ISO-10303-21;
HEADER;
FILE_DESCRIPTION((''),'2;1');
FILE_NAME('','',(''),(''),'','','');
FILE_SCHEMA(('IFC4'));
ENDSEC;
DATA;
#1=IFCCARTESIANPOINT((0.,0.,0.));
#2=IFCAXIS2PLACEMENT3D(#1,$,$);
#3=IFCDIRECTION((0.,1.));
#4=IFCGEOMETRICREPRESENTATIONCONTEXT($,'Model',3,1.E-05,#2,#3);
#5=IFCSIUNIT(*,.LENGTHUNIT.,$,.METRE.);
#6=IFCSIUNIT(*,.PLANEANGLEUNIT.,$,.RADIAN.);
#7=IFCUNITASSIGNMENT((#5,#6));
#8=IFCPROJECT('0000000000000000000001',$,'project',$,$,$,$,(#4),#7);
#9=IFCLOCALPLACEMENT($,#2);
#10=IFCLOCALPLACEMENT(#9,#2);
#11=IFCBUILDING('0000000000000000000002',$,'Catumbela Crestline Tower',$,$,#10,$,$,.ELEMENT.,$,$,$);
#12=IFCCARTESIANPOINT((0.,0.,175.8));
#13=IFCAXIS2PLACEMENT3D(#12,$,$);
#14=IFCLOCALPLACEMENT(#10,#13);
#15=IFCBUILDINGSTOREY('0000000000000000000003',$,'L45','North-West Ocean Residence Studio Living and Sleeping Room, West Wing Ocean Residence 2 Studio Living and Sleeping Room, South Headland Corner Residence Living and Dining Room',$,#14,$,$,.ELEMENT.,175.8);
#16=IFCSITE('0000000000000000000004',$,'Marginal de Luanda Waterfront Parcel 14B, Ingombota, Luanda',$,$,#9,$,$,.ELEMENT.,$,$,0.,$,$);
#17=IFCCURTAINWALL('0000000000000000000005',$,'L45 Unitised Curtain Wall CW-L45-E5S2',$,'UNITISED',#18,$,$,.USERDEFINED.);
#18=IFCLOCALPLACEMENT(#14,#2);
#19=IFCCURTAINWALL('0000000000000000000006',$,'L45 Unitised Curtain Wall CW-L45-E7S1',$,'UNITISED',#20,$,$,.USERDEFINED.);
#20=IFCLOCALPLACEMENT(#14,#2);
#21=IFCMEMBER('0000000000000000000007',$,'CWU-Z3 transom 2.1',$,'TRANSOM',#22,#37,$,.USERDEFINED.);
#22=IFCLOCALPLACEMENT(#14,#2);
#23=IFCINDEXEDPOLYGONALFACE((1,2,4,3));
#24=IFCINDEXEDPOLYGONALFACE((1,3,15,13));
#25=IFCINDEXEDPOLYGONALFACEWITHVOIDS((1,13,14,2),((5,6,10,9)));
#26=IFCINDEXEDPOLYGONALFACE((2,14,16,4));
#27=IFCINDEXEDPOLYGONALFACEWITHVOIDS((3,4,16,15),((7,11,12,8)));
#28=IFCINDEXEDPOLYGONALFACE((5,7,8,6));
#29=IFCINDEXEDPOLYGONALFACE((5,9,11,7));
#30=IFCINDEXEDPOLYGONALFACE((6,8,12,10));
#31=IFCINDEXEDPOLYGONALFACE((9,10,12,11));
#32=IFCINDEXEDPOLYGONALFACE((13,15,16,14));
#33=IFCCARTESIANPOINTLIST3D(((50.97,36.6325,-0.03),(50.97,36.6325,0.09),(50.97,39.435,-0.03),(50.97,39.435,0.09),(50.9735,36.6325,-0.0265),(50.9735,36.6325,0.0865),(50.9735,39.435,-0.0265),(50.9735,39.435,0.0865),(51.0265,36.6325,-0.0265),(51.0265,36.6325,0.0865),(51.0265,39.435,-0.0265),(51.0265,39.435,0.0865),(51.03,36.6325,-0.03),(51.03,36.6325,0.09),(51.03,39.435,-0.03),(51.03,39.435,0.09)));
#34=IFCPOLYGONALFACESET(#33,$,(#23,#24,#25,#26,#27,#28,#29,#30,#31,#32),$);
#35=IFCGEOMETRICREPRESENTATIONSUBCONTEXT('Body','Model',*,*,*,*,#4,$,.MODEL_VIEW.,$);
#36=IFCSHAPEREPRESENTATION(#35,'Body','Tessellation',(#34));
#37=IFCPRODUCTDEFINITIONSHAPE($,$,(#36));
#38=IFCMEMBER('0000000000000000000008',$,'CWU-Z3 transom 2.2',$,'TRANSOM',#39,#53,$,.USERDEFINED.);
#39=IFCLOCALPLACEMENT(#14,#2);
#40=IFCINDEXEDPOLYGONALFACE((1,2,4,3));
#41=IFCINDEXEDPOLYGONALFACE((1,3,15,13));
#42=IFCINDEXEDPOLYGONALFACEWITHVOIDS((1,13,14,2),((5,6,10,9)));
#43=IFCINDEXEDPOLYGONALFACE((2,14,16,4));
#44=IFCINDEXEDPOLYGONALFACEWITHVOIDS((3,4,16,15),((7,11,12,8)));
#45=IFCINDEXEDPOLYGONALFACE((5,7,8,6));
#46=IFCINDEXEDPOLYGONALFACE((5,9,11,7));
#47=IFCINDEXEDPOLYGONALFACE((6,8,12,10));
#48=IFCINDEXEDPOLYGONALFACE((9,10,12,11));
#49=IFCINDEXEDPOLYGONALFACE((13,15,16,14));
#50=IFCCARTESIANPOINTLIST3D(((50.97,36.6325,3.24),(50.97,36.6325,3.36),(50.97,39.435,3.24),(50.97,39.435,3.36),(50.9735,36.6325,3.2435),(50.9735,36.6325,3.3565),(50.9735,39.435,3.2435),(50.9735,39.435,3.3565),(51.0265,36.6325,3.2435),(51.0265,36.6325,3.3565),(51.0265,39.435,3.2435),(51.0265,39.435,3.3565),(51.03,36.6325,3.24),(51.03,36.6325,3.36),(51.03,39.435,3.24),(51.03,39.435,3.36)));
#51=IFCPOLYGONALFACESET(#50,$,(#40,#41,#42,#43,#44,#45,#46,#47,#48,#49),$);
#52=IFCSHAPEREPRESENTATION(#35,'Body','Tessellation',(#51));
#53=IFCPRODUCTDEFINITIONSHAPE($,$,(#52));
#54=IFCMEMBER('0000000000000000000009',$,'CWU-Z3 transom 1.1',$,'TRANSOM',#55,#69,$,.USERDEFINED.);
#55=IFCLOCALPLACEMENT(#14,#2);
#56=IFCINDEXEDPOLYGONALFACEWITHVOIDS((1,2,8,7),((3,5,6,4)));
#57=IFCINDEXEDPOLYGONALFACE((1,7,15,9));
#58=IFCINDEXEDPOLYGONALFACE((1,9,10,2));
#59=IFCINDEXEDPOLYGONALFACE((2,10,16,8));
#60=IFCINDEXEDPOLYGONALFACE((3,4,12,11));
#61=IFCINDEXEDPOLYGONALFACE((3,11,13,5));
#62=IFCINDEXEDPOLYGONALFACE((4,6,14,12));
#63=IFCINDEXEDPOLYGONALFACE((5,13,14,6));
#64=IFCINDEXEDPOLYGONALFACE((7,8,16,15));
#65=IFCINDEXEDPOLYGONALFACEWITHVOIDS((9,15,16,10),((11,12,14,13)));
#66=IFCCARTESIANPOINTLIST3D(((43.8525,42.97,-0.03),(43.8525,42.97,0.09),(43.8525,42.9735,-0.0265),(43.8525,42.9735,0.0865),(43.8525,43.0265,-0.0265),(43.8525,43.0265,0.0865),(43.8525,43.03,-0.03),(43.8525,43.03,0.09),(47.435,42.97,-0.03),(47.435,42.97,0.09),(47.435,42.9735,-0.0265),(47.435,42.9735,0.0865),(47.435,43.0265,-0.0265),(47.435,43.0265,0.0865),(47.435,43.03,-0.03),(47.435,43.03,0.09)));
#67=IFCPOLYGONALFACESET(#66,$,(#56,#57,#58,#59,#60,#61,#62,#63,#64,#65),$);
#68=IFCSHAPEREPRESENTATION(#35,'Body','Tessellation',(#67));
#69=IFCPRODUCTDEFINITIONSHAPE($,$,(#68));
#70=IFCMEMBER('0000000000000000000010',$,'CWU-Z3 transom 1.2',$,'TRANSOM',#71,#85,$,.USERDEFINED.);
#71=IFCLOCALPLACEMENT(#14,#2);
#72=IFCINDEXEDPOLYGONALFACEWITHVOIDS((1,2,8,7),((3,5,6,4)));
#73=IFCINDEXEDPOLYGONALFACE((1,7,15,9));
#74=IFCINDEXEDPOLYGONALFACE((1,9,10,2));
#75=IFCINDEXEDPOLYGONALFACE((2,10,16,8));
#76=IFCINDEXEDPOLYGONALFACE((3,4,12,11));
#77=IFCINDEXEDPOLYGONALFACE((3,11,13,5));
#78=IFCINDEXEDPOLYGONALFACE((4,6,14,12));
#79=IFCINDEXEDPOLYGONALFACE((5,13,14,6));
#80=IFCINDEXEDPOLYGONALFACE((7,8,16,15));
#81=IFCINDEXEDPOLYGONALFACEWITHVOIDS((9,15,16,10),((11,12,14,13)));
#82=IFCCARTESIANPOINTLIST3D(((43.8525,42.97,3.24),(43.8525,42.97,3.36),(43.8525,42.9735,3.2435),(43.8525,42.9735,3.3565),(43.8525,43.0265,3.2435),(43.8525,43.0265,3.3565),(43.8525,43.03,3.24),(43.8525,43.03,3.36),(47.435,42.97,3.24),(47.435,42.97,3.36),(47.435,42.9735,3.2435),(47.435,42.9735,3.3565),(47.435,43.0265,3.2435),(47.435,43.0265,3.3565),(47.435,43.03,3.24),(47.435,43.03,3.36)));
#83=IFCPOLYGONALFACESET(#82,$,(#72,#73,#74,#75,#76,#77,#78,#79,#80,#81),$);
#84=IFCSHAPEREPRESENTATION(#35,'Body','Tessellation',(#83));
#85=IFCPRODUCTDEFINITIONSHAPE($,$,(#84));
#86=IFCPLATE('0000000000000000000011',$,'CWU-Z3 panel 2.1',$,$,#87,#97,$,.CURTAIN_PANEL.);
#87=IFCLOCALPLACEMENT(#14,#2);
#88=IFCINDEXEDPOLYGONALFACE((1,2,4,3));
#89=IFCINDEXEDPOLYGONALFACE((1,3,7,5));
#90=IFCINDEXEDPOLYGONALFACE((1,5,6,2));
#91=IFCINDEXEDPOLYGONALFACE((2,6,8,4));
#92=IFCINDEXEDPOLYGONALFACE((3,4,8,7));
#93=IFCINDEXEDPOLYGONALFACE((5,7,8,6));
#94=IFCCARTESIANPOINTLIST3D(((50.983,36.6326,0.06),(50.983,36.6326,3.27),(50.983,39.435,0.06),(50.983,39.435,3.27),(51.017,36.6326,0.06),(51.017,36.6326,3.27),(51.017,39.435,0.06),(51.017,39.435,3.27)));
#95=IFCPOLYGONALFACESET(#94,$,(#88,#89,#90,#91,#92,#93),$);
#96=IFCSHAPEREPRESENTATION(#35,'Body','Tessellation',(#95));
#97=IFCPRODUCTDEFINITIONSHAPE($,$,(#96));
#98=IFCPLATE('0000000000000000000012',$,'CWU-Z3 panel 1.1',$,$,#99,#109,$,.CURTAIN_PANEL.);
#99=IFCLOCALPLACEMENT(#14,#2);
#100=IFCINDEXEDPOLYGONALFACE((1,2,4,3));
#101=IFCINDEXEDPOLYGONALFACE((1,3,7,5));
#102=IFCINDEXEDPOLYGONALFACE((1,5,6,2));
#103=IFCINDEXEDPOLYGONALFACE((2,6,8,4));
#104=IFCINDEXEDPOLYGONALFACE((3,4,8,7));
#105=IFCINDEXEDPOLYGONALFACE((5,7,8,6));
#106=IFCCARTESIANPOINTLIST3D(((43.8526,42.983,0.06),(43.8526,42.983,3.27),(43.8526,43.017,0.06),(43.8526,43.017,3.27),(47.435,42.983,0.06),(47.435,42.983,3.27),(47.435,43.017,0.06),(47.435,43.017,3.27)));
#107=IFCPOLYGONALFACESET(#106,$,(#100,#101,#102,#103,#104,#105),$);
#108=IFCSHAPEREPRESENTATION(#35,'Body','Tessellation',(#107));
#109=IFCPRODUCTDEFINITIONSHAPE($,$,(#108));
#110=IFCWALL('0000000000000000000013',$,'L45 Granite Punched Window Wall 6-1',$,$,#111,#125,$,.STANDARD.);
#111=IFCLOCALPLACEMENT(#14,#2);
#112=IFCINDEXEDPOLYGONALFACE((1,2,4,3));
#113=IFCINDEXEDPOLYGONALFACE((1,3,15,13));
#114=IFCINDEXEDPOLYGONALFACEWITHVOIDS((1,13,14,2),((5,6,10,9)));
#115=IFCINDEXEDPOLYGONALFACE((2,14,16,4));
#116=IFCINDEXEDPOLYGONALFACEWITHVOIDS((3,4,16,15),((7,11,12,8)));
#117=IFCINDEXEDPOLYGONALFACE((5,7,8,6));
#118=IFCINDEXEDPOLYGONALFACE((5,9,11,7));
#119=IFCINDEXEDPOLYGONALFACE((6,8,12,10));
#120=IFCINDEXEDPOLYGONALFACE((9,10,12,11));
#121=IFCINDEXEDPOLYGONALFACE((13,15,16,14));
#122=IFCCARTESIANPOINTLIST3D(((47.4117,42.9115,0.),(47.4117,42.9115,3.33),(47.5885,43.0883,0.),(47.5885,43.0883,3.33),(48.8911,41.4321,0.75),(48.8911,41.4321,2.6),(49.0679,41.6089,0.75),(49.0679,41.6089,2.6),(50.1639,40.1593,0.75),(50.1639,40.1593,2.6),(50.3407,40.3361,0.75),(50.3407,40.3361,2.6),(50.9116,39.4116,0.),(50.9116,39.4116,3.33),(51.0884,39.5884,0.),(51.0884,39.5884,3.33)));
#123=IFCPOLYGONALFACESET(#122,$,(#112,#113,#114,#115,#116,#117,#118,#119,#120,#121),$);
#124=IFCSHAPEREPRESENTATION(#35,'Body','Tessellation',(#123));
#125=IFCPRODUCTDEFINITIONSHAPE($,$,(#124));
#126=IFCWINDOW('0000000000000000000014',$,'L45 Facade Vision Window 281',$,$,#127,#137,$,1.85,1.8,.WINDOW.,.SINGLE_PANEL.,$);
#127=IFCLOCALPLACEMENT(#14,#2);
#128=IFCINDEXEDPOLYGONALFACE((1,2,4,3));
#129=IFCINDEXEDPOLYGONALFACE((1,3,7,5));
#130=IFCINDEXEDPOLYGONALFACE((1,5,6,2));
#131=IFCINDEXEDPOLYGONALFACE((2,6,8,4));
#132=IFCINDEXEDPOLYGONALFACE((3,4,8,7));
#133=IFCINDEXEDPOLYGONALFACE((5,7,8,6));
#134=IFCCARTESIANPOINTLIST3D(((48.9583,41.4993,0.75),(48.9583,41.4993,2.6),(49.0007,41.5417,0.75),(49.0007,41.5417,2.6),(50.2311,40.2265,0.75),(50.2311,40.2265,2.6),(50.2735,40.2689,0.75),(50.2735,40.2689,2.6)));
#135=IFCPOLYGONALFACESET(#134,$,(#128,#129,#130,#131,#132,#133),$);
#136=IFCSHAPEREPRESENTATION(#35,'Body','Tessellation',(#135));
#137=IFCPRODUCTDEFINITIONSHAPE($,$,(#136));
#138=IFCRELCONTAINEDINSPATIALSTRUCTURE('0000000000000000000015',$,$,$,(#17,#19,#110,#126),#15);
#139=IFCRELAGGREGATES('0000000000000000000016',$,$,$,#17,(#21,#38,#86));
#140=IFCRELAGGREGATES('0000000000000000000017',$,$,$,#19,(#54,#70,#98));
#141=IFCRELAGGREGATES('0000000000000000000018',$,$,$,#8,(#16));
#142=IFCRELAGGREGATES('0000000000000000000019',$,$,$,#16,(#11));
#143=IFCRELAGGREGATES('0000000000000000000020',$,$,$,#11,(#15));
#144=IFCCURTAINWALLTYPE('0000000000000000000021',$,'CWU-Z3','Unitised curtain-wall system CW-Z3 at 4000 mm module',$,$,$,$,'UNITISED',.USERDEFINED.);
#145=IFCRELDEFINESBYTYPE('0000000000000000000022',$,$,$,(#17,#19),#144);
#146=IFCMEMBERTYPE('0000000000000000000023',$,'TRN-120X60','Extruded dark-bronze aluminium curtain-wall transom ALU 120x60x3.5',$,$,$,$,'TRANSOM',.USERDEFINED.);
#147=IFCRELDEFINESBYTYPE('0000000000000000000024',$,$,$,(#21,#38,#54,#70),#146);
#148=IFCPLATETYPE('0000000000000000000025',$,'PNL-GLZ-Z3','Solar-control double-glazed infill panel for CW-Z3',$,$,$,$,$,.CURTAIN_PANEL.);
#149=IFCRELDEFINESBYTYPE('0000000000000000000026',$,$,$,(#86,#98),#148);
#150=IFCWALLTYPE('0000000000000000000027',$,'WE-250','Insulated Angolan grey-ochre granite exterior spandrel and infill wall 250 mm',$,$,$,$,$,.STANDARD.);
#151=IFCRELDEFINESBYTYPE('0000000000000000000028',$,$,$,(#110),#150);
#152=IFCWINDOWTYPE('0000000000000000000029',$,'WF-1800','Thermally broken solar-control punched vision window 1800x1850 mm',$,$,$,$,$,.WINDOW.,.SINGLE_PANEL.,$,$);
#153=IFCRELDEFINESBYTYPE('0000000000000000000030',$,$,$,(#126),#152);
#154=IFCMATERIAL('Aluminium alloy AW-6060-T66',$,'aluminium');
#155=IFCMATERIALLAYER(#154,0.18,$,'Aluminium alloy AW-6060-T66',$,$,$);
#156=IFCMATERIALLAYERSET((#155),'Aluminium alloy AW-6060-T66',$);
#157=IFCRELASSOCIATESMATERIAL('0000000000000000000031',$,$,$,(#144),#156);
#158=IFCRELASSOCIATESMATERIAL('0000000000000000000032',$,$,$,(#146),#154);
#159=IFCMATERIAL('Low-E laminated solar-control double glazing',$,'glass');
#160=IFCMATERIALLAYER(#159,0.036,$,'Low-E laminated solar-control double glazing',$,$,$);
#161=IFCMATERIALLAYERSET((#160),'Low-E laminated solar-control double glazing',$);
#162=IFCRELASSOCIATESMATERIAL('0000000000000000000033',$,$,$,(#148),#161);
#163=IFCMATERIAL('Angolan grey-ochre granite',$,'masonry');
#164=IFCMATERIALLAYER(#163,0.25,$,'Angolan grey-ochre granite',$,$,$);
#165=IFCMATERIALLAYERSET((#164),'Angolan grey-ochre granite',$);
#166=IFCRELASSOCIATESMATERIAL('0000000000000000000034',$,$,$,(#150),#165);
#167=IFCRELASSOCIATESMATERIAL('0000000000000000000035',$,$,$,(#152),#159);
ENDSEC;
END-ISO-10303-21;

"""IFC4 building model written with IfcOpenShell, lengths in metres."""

from ifc_helpers import new_model, si_unit, direction, frame, frame_2d, origin, origin_2d, place, context, subcontext, project, spatial, rectangle, hollow_rectangle, extrude, material, layer, layer_set, material_profile, profile_set, type_object, element, fill, aggregate, save


model = new_model("IFC4")

# Units and contexts
model_context = context("Model", 3, precision=1e-05, world=origin(), true_north=direction((0.0, 1.0)))
body_context = subcontext(model_context, "Body", "Model", "MODEL_VIEW")
ifc_project = project(units=[si_unit("LENGTHUNIT", "METRE"), si_unit("PLANEANGLEUNIT", "RADIAN")], contexts=[model_context])

# Site, building, storey
site_placement = place(None, origin())
site = spatial("IfcSite", under=ifc_project, at=site_placement, Name="Marginal de Luanda Waterfront Parcel 14B, Ingombota, Luanda", CompositionType="ELEMENT", RefElevation=0.0)
building_placement = place(site_placement, origin())
building = spatial("IfcBuilding", under=site, at=building_placement, Name="Catumbela Crestline Tower", CompositionType="ELEMENT")
storey_placement = place(building_placement, frame((0.0, 0.0, 175.8)))
storey = spatial("IfcBuildingStorey", under=building, at=storey_placement, Name="L45", Description="North-West Ocean Residence Studio Living and Sleeping Room, West Wing Ocean Residence 2 Studio Living and Sleeping Room, South Headland Corner Residence Living and Dining Room", CompositionType="ELEMENT", Elevation=175.8)

# Curtain walls
ifc_material_1 = material(Name="Aluminium alloy AW-6060-T66", Category="aluminium")
ifc_layer_1 = layer(ifc_material_1, 0.18, Name="Aluminium alloy AW-6060-T66")
ifc_layer_set_1 = layer_set([ifc_layer_1], Name="Aluminium alloy AW-6060-T66")
curtain_wall_type = type_object("IfcCurtainWallType", Name="CWU-Z3", Description="Unitised curtain-wall system CW-Z3 at 4000 mm module", ElementType="UNITISED", PredefinedType="USERDEFINED", material=ifc_layer_set_1)
curtain_wall_1_placement = place(storey_placement, origin())
curtain_wall_1 = element("IfcCurtainWall", 1, at=curtain_wall_1_placement, inside=storey, type_object=curtain_wall_type, Name="L45 Unitised Curtain Wall CW-L45-E5S2", ObjectType="UNITISED", PredefinedType="USERDEFINED")
curtain_wall_2_placement = place(storey_placement, origin())
curtain_wall_2 = element("IfcCurtainWall", 2, at=curtain_wall_2_placement, inside=storey, type_object=curtain_wall_type, Name="L45 Unitised Curtain Wall CW-L45-E7S1", ObjectType="UNITISED", PredefinedType="USERDEFINED")

# Members
ifc_material_profile_1 = material_profile(ifc_material_1, hollow_rectangle(XDim=0.06, YDim=0.12, WallThickness=0.0035, at=origin_2d()), Name="ALU 120x60x3.5")
ifc_profile_set_1 = profile_set([ifc_material_profile_1], Name="Aluminium alloy AW-6060-T66")
member_type_1 = type_object("IfcMemberType", Name="TRN-120X60", Description="Extruded dark-bronze aluminium curtain-wall transom ALU 120x60x3.5", ElementType="TRANSOM", PredefinedType="USERDEFINED", material=ifc_profile_set_1)
member_1_placement = place(storey_placement, frame((51.0, 36.6325, 0.03), z_axis=(0.0, 1.0, 0.0), x_axis=(-1.0, 0.0, 0.0)))
member_1 = element("IfcMember", 3, at=member_1_placement, type_object=member_type_1, Name="CWU-Z3 transom 2.1", ObjectType="TRANSOM", PredefinedType="USERDEFINED", context=body_context, shape_type="SweptSolid", body=[
    extrude(hollow_rectangle(XDim=0.06, YDim=0.12, WallThickness=0.0035, at=origin_2d()), origin(), (0.0, 0.0, 1.0), 2.8025),
])
member_2_placement = place(storey_placement, frame((51.0, 36.6325, 3.3), z_axis=(0.0, 1.0, 0.0), x_axis=(-1.0, 0.0, 0.0)))
member_2 = element("IfcMember", 4, at=member_2_placement, type_object=member_type_1, Name="CWU-Z3 transom 2.2", ObjectType="TRANSOM", PredefinedType="USERDEFINED", context=body_context, shape_type="SweptSolid", body=[
    extrude(hollow_rectangle(XDim=0.06, YDim=0.12, WallThickness=0.0035, at=origin_2d()), origin(), (0.0, 0.0, 1.0), 2.8025),
])
member_3_placement = place(storey_placement, frame((47.435, 43.0, 0.03), z_axis=(-1.0, 0.0, 0.0), x_axis=(0.0, -1.0, 0.0)))
member_3 = element("IfcMember", 5, at=member_3_placement, type_object=member_type_1, Name="CWU-Z3 transom 1.1", ObjectType="TRANSOM", PredefinedType="USERDEFINED", context=body_context, shape_type="SweptSolid", body=[
    extrude(hollow_rectangle(XDim=0.06, YDim=0.12, WallThickness=0.0035, at=origin_2d()), origin(), (0.0, 0.0, 1.0), 3.5825),
])
member_4_placement = place(storey_placement, frame((47.435, 43.0, 3.3), z_axis=(-1.0, 0.0, 0.0), x_axis=(0.0, -1.0, 0.0)))
member_4 = element("IfcMember", 6, at=member_4_placement, type_object=member_type_1, Name="CWU-Z3 transom 1.2", ObjectType="TRANSOM", PredefinedType="USERDEFINED", context=body_context, shape_type="SweptSolid", body=[
    extrude(hollow_rectangle(XDim=0.06, YDim=0.12, WallThickness=0.0035, at=origin_2d()), origin(), (0.0, 0.0, 1.0), 3.5825),
])

# Plates
ifc_material_2 = material(Name="Low-E laminated solar-control double glazing", Category="glass")
ifc_layer_2 = layer(ifc_material_2, 0.036, Name="Low-E laminated solar-control double glazing")
ifc_layer_set_2 = layer_set([ifc_layer_2], Name="Low-E laminated solar-control double glazing")
plate_type = type_object("IfcPlateType", Name="PNL-GLZ-Z3", Description="Solar-control double-glazed infill panel for CW-Z3", PredefinedType="CURTAIN_PANEL", material=ifc_layer_set_2)
plate_1_placement = place(storey_placement, frame((51.0, 38.0338, 0.06), z_axis=(0.0, 0.0, 1.0), x_axis=(0.0, 1.0, 0.0)))
plate_1 = element("IfcPlate", 7, at=plate_1_placement, type_object=plate_type, Name="CWU-Z3 panel 2.1", PredefinedType="CURTAIN_PANEL", context=body_context, shape_type="SweptSolid", body=[
    extrude(rectangle(XDim=2.8025, YDim=0.034, at=origin_2d()), origin(), (0.0, 0.0, 1.0), 3.21),
])
aggregate(curtain_wall_1, [member_1, member_2, plate_1])
plate_2_placement = place(storey_placement, frame((45.6438, 43.0, 0.06), z_axis=(0.0, 0.0, 1.0), x_axis=(-1.0, 0.0, 0.0)))
plate_2 = element("IfcPlate", 8, at=plate_2_placement, type_object=plate_type, Name="CWU-Z3 panel 1.1", PredefinedType="CURTAIN_PANEL", context=body_context, shape_type="SweptSolid", body=[
    extrude(rectangle(XDim=3.5825, YDim=0.034, at=origin_2d()), origin(), (0.0, 0.0, 1.0), 3.21),
])
aggregate(curtain_wall_2, [member_3, member_4, plate_2])

# Wall, opening, window
ifc_material_3 = material(Name="Angolan grey-ochre granite", Category="masonry")
ifc_layer_3 = layer(ifc_material_3, 0.25, Name="Angolan grey-ochre granite")
ifc_layer_set_3 = layer_set([ifc_layer_3], Name="Angolan grey-ochre granite")
wall_type_1 = type_object("IfcWallType", Name="WE-250", Description="Insulated Angolan grey-ochre granite exterior spandrel and infill wall 250 mm", PredefinedType="STANDARD", material=ifc_layer_set_3)
wall_1_placement = place(storey_placement, frame((51.0, 39.5, 0.0), z_axis=(0.0, 0.0, 1.0), x_axis=(-0.707107, 0.707107, 0.0)))
wall_1 = element("IfcWall", 9, at=wall_1_placement, inside=storey, type_object=wall_type_1, Name="L45 Granite Punched Window Wall 6-1", PredefinedType="STANDARD", context=body_context, shape_type="SweptSolid", body=[
    extrude(rectangle(XDim=4.9497, YDim=0.25, at=frame_2d((2.4748, 0.0))), origin(), (0.0, 0.0, 1.0), 3.33),
])
opening_1_placement = place(wall_1_placement, frame((1.0574, 0.0, 0.75)))
opening_1 = element("IfcOpeningElement", 10, at=opening_1_placement, cuts=wall_1, PredefinedType="OPENING", context=body_context, shape_type="SweptSolid", body=[
    extrude(rectangle(XDim=1.8, YDim=1.85, at=frame_2d((0.9, 0.925))), frame((0.0, 0.135, 0.0), z_axis=(0.0, -1.0, 0.0), x_axis=(1.0, 0.0, 0.0)), (0.0, 0.0, 1.0), 0.27),
])
window_type = type_object("IfcWindowType", Name="WF-1800", Description="Thermally broken solar-control punched vision window 1800x1850 mm", PartitioningType="SINGLE_PANEL", PredefinedType="WINDOW", material=ifc_material_2)
window_placement = place(opening_1_placement, origin())
window = element("IfcWindow", 11, at=window_placement, inside=storey, type_object=window_type, Name="L45 Facade Vision Window 281", OverallHeight=1.85, OverallWidth=1.8, PartitioningType="SINGLE_PANEL", PredefinedType="WINDOW", context=body_context, shape_type="SweptSolid", body=[
    extrude(rectangle(XDim=1.8, YDim=1.85, at=frame_2d((0.9, 0.925))), frame((0.0, 0.03, 0.0), z_axis=(0.0, -1.0, 0.0), x_axis=(1.0, 0.0, 0.0)), (0.0, 0.0, 1.0), 0.06),
])
fill(opening_1, window)

save(model, "model.ifc")
